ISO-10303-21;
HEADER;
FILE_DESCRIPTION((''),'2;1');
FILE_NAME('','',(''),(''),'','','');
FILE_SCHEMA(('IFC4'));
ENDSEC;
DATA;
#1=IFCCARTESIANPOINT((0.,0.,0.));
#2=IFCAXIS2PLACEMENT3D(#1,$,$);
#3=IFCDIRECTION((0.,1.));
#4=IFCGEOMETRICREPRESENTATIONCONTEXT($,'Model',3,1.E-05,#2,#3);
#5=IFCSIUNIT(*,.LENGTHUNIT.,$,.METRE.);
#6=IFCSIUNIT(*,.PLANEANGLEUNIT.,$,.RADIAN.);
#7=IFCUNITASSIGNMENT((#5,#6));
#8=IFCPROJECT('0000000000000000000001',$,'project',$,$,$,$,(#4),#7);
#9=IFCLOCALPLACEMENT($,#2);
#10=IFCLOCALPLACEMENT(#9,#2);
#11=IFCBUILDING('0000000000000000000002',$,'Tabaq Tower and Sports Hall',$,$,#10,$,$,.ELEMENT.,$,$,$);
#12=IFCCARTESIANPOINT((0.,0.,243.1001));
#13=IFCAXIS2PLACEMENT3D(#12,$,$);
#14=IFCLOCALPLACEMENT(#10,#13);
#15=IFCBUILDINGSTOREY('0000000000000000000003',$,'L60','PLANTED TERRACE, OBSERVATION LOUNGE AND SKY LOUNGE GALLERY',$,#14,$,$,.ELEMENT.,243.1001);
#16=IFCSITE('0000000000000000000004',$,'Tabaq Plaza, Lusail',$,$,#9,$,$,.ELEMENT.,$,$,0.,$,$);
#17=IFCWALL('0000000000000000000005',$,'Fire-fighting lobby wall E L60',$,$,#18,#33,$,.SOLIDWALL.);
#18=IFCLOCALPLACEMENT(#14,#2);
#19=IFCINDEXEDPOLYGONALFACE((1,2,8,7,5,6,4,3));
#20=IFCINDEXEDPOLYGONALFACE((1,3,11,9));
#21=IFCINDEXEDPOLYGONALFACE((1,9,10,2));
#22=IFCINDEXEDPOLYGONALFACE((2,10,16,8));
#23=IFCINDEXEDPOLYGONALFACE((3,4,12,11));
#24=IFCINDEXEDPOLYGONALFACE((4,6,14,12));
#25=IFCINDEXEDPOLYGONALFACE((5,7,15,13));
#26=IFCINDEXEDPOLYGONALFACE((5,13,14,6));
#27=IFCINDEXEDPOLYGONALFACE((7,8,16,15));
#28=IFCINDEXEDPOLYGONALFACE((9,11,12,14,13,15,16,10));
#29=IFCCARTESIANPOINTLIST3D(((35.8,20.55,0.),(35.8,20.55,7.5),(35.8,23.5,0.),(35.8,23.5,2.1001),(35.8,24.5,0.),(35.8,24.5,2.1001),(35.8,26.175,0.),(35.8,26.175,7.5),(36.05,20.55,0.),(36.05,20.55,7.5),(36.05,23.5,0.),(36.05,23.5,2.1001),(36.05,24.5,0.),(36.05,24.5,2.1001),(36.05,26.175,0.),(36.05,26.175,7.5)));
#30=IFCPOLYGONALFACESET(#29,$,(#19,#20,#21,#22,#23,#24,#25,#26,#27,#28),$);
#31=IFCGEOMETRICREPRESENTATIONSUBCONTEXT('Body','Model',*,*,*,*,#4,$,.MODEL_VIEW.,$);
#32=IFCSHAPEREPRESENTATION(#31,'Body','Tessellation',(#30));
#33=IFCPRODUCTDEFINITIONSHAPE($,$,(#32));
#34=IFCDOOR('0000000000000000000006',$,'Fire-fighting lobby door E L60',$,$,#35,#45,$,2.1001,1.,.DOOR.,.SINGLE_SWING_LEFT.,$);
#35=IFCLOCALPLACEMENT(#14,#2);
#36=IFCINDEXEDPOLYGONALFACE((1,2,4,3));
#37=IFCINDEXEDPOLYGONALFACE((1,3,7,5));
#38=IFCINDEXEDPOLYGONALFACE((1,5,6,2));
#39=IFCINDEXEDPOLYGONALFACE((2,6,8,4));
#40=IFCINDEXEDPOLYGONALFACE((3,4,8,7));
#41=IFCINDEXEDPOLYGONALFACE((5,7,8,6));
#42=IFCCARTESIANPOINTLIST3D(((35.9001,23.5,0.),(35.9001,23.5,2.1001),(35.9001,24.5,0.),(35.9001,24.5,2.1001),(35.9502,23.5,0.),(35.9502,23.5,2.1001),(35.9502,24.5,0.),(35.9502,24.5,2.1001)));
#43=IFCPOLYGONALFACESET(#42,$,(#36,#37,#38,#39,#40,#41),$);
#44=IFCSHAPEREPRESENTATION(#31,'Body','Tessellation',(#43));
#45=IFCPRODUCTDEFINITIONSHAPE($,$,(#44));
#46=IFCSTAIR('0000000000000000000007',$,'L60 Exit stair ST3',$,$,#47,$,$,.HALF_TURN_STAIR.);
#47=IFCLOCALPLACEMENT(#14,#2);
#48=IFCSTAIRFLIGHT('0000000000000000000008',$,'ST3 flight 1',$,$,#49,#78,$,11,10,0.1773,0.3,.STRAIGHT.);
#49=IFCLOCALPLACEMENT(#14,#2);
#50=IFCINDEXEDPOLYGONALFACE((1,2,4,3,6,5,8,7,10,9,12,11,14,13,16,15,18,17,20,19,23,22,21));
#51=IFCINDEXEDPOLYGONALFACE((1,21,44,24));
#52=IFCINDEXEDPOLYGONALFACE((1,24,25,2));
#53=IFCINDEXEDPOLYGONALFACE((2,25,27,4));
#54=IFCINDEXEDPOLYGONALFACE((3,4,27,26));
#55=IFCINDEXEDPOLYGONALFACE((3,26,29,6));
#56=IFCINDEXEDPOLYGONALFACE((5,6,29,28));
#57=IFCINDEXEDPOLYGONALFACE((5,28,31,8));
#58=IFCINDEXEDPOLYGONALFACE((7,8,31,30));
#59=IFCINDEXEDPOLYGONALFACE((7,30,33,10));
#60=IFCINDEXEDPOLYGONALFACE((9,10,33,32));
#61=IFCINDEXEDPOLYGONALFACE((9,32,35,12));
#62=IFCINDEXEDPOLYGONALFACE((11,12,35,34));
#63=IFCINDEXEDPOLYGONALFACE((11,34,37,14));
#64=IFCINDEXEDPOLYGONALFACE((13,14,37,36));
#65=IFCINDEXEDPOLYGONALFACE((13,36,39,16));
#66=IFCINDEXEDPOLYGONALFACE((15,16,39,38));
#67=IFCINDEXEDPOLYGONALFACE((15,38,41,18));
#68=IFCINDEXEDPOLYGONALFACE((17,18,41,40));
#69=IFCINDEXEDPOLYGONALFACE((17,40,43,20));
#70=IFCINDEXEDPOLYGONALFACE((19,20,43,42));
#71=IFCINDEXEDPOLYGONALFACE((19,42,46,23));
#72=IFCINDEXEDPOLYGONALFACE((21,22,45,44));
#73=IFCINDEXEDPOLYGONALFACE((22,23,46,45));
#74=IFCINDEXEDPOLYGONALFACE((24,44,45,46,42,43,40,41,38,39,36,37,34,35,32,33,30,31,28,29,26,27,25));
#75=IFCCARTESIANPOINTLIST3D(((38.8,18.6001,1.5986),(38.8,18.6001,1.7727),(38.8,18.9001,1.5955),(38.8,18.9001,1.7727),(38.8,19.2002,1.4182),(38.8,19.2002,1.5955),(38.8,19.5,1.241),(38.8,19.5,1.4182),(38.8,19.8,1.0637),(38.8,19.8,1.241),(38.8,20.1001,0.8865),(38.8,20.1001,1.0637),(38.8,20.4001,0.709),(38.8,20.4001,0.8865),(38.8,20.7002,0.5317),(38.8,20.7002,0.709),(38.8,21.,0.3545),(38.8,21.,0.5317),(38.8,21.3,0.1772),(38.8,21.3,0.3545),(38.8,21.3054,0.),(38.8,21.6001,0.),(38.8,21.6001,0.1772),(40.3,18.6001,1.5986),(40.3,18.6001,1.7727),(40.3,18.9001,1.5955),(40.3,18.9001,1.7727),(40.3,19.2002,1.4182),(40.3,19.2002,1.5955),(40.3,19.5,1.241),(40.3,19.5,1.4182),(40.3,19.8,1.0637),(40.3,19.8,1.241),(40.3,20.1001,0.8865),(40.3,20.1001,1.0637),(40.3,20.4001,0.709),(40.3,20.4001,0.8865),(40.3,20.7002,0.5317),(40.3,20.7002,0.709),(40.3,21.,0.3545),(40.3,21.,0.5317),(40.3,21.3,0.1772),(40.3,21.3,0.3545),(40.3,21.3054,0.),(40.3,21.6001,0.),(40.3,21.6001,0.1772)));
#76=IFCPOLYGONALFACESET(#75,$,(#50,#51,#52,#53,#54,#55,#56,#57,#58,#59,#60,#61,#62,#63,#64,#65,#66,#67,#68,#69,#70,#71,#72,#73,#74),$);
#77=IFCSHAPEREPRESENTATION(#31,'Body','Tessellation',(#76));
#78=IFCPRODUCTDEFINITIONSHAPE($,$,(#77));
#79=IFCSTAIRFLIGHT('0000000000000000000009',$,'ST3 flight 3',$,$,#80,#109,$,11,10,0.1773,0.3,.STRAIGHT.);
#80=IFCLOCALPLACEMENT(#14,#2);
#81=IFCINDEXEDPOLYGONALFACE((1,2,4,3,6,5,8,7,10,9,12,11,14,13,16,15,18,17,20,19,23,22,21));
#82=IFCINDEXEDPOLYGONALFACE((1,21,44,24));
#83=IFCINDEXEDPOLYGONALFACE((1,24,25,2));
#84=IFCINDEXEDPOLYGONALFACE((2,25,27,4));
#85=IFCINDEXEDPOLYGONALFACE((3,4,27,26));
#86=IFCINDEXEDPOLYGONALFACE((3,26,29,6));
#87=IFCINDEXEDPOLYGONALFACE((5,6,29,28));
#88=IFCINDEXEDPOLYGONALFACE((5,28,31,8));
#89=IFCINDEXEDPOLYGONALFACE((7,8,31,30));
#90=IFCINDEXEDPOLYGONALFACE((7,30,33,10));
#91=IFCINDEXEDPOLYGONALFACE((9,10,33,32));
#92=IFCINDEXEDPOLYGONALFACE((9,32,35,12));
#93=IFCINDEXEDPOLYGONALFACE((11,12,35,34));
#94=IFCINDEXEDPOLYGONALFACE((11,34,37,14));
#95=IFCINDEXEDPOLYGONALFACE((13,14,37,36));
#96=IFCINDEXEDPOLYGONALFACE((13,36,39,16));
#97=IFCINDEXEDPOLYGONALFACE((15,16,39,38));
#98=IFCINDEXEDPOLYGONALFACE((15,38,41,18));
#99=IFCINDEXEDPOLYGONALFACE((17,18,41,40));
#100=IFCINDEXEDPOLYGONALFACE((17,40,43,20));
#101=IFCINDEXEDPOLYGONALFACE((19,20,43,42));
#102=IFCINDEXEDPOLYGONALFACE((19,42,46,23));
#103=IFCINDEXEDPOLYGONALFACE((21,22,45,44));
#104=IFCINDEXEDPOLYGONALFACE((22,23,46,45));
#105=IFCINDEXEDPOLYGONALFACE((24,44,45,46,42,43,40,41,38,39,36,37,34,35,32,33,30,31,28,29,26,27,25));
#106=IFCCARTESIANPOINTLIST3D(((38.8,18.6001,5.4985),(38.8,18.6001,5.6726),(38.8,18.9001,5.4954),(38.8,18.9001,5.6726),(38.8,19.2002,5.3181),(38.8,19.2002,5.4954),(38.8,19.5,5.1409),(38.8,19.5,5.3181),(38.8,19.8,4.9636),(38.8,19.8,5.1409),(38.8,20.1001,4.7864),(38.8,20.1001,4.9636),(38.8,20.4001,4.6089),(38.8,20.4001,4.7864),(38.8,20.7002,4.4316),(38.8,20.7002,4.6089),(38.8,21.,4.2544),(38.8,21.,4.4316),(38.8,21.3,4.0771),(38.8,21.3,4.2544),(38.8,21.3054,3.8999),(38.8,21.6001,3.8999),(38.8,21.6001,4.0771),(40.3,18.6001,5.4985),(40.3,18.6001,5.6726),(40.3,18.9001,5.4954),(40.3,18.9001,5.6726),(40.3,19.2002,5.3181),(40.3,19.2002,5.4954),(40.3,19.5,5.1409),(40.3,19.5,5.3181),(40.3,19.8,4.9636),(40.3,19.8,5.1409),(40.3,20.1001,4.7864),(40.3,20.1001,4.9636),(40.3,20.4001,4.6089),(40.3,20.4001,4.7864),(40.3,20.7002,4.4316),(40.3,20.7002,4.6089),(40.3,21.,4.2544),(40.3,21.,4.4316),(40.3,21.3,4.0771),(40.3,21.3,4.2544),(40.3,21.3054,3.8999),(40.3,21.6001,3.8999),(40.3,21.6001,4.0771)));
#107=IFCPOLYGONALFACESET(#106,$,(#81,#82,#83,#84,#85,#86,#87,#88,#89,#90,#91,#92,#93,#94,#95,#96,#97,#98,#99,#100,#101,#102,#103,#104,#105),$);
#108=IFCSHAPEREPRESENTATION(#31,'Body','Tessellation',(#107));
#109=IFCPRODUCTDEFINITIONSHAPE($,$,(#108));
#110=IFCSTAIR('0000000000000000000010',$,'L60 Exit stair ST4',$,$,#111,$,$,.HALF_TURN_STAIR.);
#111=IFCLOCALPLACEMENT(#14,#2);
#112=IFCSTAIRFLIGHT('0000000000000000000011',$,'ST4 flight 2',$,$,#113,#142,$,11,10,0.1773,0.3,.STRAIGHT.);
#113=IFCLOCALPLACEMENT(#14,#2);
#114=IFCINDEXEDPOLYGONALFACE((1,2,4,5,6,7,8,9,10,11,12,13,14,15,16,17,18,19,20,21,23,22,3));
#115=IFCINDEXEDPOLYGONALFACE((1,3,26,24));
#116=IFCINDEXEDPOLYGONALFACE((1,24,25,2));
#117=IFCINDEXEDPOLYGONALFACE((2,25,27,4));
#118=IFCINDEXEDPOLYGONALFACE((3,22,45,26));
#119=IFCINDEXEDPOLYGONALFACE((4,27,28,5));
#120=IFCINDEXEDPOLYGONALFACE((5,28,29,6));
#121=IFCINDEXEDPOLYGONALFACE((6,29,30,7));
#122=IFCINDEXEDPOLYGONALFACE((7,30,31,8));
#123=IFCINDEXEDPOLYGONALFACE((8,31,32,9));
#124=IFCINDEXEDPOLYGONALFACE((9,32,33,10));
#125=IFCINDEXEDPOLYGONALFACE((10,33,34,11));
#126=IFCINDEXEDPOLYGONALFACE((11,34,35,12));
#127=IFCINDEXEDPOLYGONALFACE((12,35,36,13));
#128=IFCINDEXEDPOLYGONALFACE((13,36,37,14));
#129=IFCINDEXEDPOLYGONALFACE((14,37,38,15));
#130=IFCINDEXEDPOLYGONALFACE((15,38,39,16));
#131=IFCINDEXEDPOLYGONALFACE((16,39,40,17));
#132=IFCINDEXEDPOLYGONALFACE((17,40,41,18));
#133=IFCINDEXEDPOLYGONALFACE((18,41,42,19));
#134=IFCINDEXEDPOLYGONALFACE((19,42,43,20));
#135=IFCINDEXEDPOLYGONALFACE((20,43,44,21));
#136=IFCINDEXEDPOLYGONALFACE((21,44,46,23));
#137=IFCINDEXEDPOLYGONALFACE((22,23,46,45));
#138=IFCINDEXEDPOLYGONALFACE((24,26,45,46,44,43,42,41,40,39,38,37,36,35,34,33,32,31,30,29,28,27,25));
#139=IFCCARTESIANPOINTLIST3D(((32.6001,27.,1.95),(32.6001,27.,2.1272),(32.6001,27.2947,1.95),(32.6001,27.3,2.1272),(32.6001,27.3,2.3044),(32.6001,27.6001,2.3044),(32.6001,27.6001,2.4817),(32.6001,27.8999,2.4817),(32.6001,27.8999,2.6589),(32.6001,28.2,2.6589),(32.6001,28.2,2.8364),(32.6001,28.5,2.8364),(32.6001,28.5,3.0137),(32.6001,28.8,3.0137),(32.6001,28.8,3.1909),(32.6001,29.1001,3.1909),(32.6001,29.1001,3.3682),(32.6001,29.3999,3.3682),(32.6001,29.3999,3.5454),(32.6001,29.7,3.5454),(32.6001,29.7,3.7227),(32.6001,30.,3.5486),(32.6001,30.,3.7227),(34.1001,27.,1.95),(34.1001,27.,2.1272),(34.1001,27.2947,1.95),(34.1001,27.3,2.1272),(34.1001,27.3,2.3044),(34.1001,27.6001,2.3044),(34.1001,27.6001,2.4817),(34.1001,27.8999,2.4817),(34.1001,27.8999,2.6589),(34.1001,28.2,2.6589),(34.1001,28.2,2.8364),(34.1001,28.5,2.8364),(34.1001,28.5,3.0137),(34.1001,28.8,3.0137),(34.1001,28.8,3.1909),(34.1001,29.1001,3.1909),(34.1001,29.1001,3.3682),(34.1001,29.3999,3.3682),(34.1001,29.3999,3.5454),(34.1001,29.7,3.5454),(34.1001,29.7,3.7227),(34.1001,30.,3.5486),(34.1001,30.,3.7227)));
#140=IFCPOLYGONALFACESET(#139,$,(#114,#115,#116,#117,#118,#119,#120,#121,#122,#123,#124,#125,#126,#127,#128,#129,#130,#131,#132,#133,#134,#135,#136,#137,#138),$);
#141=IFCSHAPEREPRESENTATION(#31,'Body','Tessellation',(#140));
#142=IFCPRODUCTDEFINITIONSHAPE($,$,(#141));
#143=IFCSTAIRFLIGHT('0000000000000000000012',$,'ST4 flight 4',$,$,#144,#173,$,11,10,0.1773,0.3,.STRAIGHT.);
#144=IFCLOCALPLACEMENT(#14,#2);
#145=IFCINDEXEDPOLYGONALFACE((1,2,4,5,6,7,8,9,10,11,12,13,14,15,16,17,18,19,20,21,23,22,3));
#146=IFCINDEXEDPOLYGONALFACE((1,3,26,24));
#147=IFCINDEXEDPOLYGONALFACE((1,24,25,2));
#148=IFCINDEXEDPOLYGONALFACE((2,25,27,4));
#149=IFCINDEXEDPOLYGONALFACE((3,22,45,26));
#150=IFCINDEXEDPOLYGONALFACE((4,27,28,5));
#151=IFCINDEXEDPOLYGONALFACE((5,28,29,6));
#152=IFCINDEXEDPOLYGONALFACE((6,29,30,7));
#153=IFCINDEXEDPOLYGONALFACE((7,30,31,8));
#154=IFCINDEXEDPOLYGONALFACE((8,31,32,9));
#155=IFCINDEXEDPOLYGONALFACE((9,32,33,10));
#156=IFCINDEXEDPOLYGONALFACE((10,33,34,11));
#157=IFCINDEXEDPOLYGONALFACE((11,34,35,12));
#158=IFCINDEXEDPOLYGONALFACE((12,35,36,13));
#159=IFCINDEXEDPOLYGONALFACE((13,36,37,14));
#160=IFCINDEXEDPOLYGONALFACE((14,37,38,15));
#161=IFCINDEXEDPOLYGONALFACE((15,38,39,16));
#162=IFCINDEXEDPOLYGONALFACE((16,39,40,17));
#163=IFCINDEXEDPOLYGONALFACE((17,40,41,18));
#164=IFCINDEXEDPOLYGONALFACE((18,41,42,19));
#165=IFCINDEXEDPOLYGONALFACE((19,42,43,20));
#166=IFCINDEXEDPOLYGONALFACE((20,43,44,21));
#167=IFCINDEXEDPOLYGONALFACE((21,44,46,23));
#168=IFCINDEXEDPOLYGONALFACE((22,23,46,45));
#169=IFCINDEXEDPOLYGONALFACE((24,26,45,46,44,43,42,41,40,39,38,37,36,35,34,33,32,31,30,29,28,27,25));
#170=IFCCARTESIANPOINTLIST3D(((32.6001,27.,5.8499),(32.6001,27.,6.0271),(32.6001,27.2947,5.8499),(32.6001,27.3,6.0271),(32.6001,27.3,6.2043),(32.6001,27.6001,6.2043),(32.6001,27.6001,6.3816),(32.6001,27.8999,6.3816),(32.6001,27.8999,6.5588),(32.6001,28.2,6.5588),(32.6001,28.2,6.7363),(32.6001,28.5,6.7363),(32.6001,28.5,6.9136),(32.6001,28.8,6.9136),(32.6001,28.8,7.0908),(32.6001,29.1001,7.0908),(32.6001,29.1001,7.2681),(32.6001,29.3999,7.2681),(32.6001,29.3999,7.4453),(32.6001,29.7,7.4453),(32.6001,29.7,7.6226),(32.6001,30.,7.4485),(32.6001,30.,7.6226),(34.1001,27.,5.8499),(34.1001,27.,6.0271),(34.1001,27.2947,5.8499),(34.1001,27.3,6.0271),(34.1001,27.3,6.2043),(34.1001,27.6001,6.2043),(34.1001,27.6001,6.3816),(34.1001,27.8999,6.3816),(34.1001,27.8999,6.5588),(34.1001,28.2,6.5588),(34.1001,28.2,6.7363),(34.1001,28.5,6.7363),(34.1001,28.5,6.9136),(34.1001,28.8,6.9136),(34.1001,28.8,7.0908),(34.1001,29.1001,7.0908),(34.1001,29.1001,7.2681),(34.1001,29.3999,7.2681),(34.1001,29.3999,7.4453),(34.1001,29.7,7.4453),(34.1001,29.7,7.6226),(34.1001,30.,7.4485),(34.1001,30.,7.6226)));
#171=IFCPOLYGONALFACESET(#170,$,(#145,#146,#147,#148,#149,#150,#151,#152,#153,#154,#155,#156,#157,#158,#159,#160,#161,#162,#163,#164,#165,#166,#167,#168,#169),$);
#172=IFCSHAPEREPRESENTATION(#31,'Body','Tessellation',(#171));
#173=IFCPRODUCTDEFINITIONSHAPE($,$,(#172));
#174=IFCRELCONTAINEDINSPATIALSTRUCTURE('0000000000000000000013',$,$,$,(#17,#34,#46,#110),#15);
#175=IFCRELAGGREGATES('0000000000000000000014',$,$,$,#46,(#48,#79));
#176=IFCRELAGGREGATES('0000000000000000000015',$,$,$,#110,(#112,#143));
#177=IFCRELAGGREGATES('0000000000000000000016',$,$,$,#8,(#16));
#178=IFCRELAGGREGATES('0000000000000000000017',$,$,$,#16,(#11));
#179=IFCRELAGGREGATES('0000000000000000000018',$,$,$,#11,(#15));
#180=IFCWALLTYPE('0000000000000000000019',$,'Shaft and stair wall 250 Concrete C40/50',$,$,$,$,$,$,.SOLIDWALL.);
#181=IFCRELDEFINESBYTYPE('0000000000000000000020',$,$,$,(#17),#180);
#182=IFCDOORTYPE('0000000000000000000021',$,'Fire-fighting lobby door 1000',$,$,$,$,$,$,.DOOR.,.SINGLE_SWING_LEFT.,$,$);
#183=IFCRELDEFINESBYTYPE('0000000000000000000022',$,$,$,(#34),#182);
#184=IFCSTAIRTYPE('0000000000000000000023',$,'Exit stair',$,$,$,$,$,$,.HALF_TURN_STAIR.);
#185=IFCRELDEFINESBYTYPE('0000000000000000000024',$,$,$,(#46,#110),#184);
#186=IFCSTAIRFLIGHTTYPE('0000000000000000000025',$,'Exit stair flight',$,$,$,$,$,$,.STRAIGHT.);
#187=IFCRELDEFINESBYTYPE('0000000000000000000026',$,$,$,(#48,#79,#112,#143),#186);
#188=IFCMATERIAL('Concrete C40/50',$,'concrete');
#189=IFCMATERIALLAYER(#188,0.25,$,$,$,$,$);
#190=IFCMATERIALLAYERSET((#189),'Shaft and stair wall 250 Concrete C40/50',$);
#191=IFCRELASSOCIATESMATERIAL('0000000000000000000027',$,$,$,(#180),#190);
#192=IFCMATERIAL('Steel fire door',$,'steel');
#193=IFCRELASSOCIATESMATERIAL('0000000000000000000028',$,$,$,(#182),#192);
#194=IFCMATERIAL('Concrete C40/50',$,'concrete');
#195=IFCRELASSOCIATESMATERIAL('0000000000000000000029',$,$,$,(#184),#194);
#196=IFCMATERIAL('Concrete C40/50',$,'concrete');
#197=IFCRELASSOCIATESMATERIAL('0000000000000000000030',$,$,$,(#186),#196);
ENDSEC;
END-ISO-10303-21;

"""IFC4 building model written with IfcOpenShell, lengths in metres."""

from ifc_helpers import new_model, si_unit, direction, frame, frame_2d, origin, place, context, subcontext, project, spatial, polyline, rectangle, outline, extrude, material, layer, layer_set, type_object, element, fill, aggregate, save


model = new_model("IFC4")

# Units and contexts
model_context = context("Model", 3, precision=1e-05, world=origin(), true_north=direction((0.0, 1.0)))
body_context = subcontext(model_context, "Body", "Model", "MODEL_VIEW")
ifc_project = project(units=[si_unit("LENGTHUNIT", "METRE"), si_unit("PLANEANGLEUNIT", "RADIAN")], contexts=[model_context])

# Site, building, storey
site_placement = place(None, origin())
site = spatial("IfcSite", under=ifc_project, at=site_placement, Name="Tabaq Plaza, Lusail", CompositionType="ELEMENT", RefElevation=0.0)
building_placement = place(site_placement, origin())
building = spatial("IfcBuilding", under=site, at=building_placement, Name="Tabaq Tower and Sports Hall", CompositionType="ELEMENT")
storey_placement = place(building_placement, frame((0.0, 0.0, 243.1001)))
storey = spatial("IfcBuildingStorey", under=building, at=storey_placement, Name="L60", Description="PLANTED TERRACE, OBSERVATION LOUNGE AND SKY LOUNGE GALLERY", CompositionType="ELEMENT", Elevation=243.1001)

# Shared definitions
ifc_material_1 = material(Name="Concrete C40/50", Category="concrete")
ifc_layer_1 = layer(ifc_material_1, 0.25)
ifc_layer_set_1 = layer_set([ifc_layer_1], Name="Shaft and stair wall 250 Concrete C40/50")
wall_type_1 = type_object("IfcWallType", Name="Shaft and stair wall 250 Concrete C40/50", PredefinedType="SOLIDWALL", material=ifc_layer_set_1)

# Shared definitions
ifc_material_2 = material(Name="Steel fire door", Category="steel")
door_type = type_object("IfcDoorType", Name="Fire-fighting lobby door 1000", OperationType="SINGLE_SWING_LEFT", PredefinedType="DOOR", material=ifc_material_2)

# Wall, opening, door
wall_1_placement = place(storey_placement, frame((35.925, 20.55, 0.0), z_axis=(0.0, 0.0, 1.0), x_axis=(0.0, 1.0, 0.0)))
wall_1 = element("IfcWall", 1, at=wall_1_placement, inside=storey, type_object=wall_type_1, Name="Fire-fighting lobby wall E L60", PredefinedType="SOLIDWALL", context=body_context, shape_type="SweptSolid", body=[
    extrude(rectangle(XDim=5.625, YDim=0.25, at=frame_2d((2.8125, 0.0))), origin(), (0.0, 0.0, 1.0), 7.5),
])
opening_1_placement = place(wall_1_placement, frame((2.95, 0.0, 0.0)))
opening_1 = element("IfcOpeningElement", 2, at=opening_1_placement, cuts=wall_1, PredefinedType="OPENING", context=body_context, shape_type="SweptSolid", body=[
    extrude(rectangle(XDim=1.0, YDim=2.1001, at=frame_2d((0.5, 1.05))), frame((0.0, 0.125, 0.0), z_axis=(0.0, -1.0, 0.0), x_axis=(1.0, 0.0, 0.0)), (0.0, 0.0, 1.0), 0.25),
])
door_1_placement = place(opening_1_placement, origin())
door_1 = element("IfcDoor", 3, at=door_1_placement, inside=storey, type_object=door_type, Name="Fire-fighting lobby door E L60", OperationType="SINGLE_SWING_LEFT", OverallHeight=2.1001, OverallWidth=1.0, PredefinedType="DOOR", context=body_context, shape_type="SweptSolid", body=[
    extrude(rectangle(XDim=1.0, YDim=2.1001, at=frame_2d((0.5, 1.05))), frame((0.0, 0.0249, 0.0), z_axis=(0.0, -1.0, 0.0), x_axis=(1.0, 0.0, 0.0)), (0.0, 0.0, 1.0), 0.05),
])
fill(opening_1, door_1)

# Stairs, stair flights
ifc_material_3 = material(Name="Concrete C40/50", Category="concrete")
stair_type = type_object("IfcStairType", Name="Exit stair", PredefinedType="HALF_TURN_STAIR", material=ifc_material_3)
stair_1_placement = place(storey_placement, origin())
stair_1 = element("IfcStair", 4, at=stair_1_placement, inside=storey, type_object=stair_type, Name="L60 Exit stair ST3", PredefinedType="HALF_TURN_STAIR")
ifc_material_4 = material(Name="Concrete C40/50", Category="concrete")
stair_flight_type = type_object("IfcStairFlightType", Name="Exit stair flight", PredefinedType="STRAIGHT", material=ifc_material_4)
stair_flight_1_placement = place(storey_placement, frame((39.55, 21.6001, 0.0), z_axis=(0.0, 0.0, 1.0), x_axis=(0.0, -1.0, 0.0)))
stair_flight_1 = element("IfcStairFlight", 5, at=stair_flight_1_placement, type_object=stair_flight_type, Name="ST3 flight 1", NumberOfRisers=11, NumberOfTreads=10, PredefinedType="STRAIGHT", RiserHeight=0.1773, TreadLength=0.3, context=body_context, shape_type="SweptSolid", body=[
    extrude(outline(polyline([(0.0, 0.0), (0.0, 0.1772), (0.3, 0.1772), (0.3, 0.3545), (0.6001, 0.3545), (0.6001, 0.5317), (0.8999, 0.5317), (0.8999, 0.709), (1.2, 0.709), (1.2, 0.8865), (1.5, 0.8865), (1.5, 1.0637), (1.8, 1.0637), (1.8, 1.241), (2.1001, 1.241), (2.1001, 1.4182), (2.3999, 1.4182), (2.3999, 1.5955), (2.7, 1.5955), (2.7, 1.7727), (3.0, 1.7727), (3.0, 1.95), (3.0, 1.5986), (0.2947, 0.0), (0.0, 0.0)])), frame((0.0, 0.75, 0.0), z_axis=(0.0, -1.0, 0.0), x_axis=(1.0, 0.0, 0.0)), (0.0, 0.0, 1.0), 1.5),
])
stair_flight_2_placement = place(storey_placement, frame((39.55, 21.6001, 3.8999), z_axis=(0.0, 0.0, 1.0), x_axis=(0.0, -1.0, 0.0)))
stair_flight_2 = element("IfcStairFlight", 6, at=stair_flight_2_placement, type_object=stair_flight_type, Name="ST3 flight 3", NumberOfRisers=11, NumberOfTreads=10, PredefinedType="STRAIGHT", RiserHeight=0.1773, TreadLength=0.3, context=body_context, shape_type="SweptSolid", body=[
    extrude(outline(polyline([(0.0, 0.0), (0.0, 0.1772), (0.3, 0.1772), (0.3, 0.3545), (0.6001, 0.3545), (0.6001, 0.5317), (0.8999, 0.5317), (0.8999, 0.709), (1.2, 0.709), (1.2, 0.8865), (1.5, 0.8865), (1.5, 1.0637), (1.8, 1.0637), (1.8, 1.241), (2.1001, 1.241), (2.1001, 1.4182), (2.3999, 1.4182), (2.3999, 1.5955), (2.7, 1.5955), (2.7, 1.7727), (3.0, 1.7727), (3.0, 1.95), (3.0, 1.5986), (0.2947, 0.0), (0.0, 0.0)])), frame((0.0, 0.75, 0.0), z_axis=(0.0, -1.0, 0.0), x_axis=(1.0, 0.0, 0.0)), (0.0, 0.0, 1.0), 1.5),
])
aggregate(stair_1, [stair_flight_1, stair_flight_2])
stair_2_placement = place(storey_placement, origin())
stair_2 = element("IfcStair", 7, at=stair_2_placement, inside=storey, type_object=stair_type, Name="L60 Exit stair ST4", PredefinedType="HALF_TURN_STAIR")
stair_flight_3_placement = place(storey_placement, frame((33.3501, 27.0, 1.95), z_axis=(0.0, 0.0, 1.0), x_axis=(0.0, 1.0, 0.0)))
stair_flight_3 = element("IfcStairFlight", 8, at=stair_flight_3_placement, type_object=stair_flight_type, Name="ST4 flight 2", NumberOfRisers=11, NumberOfTreads=10, PredefinedType="STRAIGHT", RiserHeight=0.1773, TreadLength=0.3, context=body_context, shape_type="SweptSolid", body=[
    extrude(outline(polyline([(0.0, 0.0), (0.0, 0.1772), (0.3, 0.1772), (0.3, 0.3545), (0.6001, 0.3545), (0.6001, 0.5317), (0.8999, 0.5317), (0.8999, 0.709), (1.2, 0.709), (1.2, 0.8865), (1.5, 0.8865), (1.5, 1.0637), (1.8, 1.0637), (1.8, 1.241), (2.1001, 1.241), (2.1001, 1.4182), (2.3999, 1.4182), (2.3999, 1.5955), (2.7, 1.5955), (2.7, 1.7727), (3.0, 1.7727), (3.0, 1.95), (3.0, 1.5986), (0.2947, 0.0), (0.0, 0.0)])), frame((0.0, 0.75, 0.0), z_axis=(0.0, -1.0, 0.0), x_axis=(1.0, 0.0, 0.0)), (0.0, 0.0, 1.0), 1.5),
])
stair_flight_4_placement = place(storey_placement, frame((33.3501, 27.0, 5.8499), z_axis=(0.0, 0.0, 1.0), x_axis=(0.0, 1.0, 0.0)))
stair_flight_4 = element("IfcStairFlight", 9, at=stair_flight_4_placement, type_object=stair_flight_type, Name="ST4 flight 4", NumberOfRisers=11, NumberOfTreads=10, PredefinedType="STRAIGHT", RiserHeight=0.1773, TreadLength=0.3, context=body_context, shape_type="SweptSolid", body=[
    extrude(outline(polyline([(0.0, 0.0), (0.0, 0.1772), (0.3, 0.1772), (0.3, 0.3545), (0.6001, 0.3545), (0.6001, 0.5317), (0.8999, 0.5317), (0.8999, 0.709), (1.2, 0.709), (1.2, 0.8865), (1.5, 0.8865), (1.5, 1.0637), (1.8, 1.0637), (1.8, 1.241), (2.1001, 1.241), (2.1001, 1.4182), (2.3999, 1.4182), (2.3999, 1.5955), (2.7, 1.5955), (2.7, 1.7727), (3.0, 1.7727), (3.0, 1.95), (3.0, 1.5986), (0.2947, 0.0), (0.0, 0.0)])), frame((0.0, 0.75, 0.0), z_axis=(0.0, -1.0, 0.0), x_axis=(1.0, 0.0, 0.0)), (0.0, 0.0, 1.0), 1.5),
])
aggregate(stair_2, [stair_flight_3, stair_flight_4])

save(model, "model.ifc")
